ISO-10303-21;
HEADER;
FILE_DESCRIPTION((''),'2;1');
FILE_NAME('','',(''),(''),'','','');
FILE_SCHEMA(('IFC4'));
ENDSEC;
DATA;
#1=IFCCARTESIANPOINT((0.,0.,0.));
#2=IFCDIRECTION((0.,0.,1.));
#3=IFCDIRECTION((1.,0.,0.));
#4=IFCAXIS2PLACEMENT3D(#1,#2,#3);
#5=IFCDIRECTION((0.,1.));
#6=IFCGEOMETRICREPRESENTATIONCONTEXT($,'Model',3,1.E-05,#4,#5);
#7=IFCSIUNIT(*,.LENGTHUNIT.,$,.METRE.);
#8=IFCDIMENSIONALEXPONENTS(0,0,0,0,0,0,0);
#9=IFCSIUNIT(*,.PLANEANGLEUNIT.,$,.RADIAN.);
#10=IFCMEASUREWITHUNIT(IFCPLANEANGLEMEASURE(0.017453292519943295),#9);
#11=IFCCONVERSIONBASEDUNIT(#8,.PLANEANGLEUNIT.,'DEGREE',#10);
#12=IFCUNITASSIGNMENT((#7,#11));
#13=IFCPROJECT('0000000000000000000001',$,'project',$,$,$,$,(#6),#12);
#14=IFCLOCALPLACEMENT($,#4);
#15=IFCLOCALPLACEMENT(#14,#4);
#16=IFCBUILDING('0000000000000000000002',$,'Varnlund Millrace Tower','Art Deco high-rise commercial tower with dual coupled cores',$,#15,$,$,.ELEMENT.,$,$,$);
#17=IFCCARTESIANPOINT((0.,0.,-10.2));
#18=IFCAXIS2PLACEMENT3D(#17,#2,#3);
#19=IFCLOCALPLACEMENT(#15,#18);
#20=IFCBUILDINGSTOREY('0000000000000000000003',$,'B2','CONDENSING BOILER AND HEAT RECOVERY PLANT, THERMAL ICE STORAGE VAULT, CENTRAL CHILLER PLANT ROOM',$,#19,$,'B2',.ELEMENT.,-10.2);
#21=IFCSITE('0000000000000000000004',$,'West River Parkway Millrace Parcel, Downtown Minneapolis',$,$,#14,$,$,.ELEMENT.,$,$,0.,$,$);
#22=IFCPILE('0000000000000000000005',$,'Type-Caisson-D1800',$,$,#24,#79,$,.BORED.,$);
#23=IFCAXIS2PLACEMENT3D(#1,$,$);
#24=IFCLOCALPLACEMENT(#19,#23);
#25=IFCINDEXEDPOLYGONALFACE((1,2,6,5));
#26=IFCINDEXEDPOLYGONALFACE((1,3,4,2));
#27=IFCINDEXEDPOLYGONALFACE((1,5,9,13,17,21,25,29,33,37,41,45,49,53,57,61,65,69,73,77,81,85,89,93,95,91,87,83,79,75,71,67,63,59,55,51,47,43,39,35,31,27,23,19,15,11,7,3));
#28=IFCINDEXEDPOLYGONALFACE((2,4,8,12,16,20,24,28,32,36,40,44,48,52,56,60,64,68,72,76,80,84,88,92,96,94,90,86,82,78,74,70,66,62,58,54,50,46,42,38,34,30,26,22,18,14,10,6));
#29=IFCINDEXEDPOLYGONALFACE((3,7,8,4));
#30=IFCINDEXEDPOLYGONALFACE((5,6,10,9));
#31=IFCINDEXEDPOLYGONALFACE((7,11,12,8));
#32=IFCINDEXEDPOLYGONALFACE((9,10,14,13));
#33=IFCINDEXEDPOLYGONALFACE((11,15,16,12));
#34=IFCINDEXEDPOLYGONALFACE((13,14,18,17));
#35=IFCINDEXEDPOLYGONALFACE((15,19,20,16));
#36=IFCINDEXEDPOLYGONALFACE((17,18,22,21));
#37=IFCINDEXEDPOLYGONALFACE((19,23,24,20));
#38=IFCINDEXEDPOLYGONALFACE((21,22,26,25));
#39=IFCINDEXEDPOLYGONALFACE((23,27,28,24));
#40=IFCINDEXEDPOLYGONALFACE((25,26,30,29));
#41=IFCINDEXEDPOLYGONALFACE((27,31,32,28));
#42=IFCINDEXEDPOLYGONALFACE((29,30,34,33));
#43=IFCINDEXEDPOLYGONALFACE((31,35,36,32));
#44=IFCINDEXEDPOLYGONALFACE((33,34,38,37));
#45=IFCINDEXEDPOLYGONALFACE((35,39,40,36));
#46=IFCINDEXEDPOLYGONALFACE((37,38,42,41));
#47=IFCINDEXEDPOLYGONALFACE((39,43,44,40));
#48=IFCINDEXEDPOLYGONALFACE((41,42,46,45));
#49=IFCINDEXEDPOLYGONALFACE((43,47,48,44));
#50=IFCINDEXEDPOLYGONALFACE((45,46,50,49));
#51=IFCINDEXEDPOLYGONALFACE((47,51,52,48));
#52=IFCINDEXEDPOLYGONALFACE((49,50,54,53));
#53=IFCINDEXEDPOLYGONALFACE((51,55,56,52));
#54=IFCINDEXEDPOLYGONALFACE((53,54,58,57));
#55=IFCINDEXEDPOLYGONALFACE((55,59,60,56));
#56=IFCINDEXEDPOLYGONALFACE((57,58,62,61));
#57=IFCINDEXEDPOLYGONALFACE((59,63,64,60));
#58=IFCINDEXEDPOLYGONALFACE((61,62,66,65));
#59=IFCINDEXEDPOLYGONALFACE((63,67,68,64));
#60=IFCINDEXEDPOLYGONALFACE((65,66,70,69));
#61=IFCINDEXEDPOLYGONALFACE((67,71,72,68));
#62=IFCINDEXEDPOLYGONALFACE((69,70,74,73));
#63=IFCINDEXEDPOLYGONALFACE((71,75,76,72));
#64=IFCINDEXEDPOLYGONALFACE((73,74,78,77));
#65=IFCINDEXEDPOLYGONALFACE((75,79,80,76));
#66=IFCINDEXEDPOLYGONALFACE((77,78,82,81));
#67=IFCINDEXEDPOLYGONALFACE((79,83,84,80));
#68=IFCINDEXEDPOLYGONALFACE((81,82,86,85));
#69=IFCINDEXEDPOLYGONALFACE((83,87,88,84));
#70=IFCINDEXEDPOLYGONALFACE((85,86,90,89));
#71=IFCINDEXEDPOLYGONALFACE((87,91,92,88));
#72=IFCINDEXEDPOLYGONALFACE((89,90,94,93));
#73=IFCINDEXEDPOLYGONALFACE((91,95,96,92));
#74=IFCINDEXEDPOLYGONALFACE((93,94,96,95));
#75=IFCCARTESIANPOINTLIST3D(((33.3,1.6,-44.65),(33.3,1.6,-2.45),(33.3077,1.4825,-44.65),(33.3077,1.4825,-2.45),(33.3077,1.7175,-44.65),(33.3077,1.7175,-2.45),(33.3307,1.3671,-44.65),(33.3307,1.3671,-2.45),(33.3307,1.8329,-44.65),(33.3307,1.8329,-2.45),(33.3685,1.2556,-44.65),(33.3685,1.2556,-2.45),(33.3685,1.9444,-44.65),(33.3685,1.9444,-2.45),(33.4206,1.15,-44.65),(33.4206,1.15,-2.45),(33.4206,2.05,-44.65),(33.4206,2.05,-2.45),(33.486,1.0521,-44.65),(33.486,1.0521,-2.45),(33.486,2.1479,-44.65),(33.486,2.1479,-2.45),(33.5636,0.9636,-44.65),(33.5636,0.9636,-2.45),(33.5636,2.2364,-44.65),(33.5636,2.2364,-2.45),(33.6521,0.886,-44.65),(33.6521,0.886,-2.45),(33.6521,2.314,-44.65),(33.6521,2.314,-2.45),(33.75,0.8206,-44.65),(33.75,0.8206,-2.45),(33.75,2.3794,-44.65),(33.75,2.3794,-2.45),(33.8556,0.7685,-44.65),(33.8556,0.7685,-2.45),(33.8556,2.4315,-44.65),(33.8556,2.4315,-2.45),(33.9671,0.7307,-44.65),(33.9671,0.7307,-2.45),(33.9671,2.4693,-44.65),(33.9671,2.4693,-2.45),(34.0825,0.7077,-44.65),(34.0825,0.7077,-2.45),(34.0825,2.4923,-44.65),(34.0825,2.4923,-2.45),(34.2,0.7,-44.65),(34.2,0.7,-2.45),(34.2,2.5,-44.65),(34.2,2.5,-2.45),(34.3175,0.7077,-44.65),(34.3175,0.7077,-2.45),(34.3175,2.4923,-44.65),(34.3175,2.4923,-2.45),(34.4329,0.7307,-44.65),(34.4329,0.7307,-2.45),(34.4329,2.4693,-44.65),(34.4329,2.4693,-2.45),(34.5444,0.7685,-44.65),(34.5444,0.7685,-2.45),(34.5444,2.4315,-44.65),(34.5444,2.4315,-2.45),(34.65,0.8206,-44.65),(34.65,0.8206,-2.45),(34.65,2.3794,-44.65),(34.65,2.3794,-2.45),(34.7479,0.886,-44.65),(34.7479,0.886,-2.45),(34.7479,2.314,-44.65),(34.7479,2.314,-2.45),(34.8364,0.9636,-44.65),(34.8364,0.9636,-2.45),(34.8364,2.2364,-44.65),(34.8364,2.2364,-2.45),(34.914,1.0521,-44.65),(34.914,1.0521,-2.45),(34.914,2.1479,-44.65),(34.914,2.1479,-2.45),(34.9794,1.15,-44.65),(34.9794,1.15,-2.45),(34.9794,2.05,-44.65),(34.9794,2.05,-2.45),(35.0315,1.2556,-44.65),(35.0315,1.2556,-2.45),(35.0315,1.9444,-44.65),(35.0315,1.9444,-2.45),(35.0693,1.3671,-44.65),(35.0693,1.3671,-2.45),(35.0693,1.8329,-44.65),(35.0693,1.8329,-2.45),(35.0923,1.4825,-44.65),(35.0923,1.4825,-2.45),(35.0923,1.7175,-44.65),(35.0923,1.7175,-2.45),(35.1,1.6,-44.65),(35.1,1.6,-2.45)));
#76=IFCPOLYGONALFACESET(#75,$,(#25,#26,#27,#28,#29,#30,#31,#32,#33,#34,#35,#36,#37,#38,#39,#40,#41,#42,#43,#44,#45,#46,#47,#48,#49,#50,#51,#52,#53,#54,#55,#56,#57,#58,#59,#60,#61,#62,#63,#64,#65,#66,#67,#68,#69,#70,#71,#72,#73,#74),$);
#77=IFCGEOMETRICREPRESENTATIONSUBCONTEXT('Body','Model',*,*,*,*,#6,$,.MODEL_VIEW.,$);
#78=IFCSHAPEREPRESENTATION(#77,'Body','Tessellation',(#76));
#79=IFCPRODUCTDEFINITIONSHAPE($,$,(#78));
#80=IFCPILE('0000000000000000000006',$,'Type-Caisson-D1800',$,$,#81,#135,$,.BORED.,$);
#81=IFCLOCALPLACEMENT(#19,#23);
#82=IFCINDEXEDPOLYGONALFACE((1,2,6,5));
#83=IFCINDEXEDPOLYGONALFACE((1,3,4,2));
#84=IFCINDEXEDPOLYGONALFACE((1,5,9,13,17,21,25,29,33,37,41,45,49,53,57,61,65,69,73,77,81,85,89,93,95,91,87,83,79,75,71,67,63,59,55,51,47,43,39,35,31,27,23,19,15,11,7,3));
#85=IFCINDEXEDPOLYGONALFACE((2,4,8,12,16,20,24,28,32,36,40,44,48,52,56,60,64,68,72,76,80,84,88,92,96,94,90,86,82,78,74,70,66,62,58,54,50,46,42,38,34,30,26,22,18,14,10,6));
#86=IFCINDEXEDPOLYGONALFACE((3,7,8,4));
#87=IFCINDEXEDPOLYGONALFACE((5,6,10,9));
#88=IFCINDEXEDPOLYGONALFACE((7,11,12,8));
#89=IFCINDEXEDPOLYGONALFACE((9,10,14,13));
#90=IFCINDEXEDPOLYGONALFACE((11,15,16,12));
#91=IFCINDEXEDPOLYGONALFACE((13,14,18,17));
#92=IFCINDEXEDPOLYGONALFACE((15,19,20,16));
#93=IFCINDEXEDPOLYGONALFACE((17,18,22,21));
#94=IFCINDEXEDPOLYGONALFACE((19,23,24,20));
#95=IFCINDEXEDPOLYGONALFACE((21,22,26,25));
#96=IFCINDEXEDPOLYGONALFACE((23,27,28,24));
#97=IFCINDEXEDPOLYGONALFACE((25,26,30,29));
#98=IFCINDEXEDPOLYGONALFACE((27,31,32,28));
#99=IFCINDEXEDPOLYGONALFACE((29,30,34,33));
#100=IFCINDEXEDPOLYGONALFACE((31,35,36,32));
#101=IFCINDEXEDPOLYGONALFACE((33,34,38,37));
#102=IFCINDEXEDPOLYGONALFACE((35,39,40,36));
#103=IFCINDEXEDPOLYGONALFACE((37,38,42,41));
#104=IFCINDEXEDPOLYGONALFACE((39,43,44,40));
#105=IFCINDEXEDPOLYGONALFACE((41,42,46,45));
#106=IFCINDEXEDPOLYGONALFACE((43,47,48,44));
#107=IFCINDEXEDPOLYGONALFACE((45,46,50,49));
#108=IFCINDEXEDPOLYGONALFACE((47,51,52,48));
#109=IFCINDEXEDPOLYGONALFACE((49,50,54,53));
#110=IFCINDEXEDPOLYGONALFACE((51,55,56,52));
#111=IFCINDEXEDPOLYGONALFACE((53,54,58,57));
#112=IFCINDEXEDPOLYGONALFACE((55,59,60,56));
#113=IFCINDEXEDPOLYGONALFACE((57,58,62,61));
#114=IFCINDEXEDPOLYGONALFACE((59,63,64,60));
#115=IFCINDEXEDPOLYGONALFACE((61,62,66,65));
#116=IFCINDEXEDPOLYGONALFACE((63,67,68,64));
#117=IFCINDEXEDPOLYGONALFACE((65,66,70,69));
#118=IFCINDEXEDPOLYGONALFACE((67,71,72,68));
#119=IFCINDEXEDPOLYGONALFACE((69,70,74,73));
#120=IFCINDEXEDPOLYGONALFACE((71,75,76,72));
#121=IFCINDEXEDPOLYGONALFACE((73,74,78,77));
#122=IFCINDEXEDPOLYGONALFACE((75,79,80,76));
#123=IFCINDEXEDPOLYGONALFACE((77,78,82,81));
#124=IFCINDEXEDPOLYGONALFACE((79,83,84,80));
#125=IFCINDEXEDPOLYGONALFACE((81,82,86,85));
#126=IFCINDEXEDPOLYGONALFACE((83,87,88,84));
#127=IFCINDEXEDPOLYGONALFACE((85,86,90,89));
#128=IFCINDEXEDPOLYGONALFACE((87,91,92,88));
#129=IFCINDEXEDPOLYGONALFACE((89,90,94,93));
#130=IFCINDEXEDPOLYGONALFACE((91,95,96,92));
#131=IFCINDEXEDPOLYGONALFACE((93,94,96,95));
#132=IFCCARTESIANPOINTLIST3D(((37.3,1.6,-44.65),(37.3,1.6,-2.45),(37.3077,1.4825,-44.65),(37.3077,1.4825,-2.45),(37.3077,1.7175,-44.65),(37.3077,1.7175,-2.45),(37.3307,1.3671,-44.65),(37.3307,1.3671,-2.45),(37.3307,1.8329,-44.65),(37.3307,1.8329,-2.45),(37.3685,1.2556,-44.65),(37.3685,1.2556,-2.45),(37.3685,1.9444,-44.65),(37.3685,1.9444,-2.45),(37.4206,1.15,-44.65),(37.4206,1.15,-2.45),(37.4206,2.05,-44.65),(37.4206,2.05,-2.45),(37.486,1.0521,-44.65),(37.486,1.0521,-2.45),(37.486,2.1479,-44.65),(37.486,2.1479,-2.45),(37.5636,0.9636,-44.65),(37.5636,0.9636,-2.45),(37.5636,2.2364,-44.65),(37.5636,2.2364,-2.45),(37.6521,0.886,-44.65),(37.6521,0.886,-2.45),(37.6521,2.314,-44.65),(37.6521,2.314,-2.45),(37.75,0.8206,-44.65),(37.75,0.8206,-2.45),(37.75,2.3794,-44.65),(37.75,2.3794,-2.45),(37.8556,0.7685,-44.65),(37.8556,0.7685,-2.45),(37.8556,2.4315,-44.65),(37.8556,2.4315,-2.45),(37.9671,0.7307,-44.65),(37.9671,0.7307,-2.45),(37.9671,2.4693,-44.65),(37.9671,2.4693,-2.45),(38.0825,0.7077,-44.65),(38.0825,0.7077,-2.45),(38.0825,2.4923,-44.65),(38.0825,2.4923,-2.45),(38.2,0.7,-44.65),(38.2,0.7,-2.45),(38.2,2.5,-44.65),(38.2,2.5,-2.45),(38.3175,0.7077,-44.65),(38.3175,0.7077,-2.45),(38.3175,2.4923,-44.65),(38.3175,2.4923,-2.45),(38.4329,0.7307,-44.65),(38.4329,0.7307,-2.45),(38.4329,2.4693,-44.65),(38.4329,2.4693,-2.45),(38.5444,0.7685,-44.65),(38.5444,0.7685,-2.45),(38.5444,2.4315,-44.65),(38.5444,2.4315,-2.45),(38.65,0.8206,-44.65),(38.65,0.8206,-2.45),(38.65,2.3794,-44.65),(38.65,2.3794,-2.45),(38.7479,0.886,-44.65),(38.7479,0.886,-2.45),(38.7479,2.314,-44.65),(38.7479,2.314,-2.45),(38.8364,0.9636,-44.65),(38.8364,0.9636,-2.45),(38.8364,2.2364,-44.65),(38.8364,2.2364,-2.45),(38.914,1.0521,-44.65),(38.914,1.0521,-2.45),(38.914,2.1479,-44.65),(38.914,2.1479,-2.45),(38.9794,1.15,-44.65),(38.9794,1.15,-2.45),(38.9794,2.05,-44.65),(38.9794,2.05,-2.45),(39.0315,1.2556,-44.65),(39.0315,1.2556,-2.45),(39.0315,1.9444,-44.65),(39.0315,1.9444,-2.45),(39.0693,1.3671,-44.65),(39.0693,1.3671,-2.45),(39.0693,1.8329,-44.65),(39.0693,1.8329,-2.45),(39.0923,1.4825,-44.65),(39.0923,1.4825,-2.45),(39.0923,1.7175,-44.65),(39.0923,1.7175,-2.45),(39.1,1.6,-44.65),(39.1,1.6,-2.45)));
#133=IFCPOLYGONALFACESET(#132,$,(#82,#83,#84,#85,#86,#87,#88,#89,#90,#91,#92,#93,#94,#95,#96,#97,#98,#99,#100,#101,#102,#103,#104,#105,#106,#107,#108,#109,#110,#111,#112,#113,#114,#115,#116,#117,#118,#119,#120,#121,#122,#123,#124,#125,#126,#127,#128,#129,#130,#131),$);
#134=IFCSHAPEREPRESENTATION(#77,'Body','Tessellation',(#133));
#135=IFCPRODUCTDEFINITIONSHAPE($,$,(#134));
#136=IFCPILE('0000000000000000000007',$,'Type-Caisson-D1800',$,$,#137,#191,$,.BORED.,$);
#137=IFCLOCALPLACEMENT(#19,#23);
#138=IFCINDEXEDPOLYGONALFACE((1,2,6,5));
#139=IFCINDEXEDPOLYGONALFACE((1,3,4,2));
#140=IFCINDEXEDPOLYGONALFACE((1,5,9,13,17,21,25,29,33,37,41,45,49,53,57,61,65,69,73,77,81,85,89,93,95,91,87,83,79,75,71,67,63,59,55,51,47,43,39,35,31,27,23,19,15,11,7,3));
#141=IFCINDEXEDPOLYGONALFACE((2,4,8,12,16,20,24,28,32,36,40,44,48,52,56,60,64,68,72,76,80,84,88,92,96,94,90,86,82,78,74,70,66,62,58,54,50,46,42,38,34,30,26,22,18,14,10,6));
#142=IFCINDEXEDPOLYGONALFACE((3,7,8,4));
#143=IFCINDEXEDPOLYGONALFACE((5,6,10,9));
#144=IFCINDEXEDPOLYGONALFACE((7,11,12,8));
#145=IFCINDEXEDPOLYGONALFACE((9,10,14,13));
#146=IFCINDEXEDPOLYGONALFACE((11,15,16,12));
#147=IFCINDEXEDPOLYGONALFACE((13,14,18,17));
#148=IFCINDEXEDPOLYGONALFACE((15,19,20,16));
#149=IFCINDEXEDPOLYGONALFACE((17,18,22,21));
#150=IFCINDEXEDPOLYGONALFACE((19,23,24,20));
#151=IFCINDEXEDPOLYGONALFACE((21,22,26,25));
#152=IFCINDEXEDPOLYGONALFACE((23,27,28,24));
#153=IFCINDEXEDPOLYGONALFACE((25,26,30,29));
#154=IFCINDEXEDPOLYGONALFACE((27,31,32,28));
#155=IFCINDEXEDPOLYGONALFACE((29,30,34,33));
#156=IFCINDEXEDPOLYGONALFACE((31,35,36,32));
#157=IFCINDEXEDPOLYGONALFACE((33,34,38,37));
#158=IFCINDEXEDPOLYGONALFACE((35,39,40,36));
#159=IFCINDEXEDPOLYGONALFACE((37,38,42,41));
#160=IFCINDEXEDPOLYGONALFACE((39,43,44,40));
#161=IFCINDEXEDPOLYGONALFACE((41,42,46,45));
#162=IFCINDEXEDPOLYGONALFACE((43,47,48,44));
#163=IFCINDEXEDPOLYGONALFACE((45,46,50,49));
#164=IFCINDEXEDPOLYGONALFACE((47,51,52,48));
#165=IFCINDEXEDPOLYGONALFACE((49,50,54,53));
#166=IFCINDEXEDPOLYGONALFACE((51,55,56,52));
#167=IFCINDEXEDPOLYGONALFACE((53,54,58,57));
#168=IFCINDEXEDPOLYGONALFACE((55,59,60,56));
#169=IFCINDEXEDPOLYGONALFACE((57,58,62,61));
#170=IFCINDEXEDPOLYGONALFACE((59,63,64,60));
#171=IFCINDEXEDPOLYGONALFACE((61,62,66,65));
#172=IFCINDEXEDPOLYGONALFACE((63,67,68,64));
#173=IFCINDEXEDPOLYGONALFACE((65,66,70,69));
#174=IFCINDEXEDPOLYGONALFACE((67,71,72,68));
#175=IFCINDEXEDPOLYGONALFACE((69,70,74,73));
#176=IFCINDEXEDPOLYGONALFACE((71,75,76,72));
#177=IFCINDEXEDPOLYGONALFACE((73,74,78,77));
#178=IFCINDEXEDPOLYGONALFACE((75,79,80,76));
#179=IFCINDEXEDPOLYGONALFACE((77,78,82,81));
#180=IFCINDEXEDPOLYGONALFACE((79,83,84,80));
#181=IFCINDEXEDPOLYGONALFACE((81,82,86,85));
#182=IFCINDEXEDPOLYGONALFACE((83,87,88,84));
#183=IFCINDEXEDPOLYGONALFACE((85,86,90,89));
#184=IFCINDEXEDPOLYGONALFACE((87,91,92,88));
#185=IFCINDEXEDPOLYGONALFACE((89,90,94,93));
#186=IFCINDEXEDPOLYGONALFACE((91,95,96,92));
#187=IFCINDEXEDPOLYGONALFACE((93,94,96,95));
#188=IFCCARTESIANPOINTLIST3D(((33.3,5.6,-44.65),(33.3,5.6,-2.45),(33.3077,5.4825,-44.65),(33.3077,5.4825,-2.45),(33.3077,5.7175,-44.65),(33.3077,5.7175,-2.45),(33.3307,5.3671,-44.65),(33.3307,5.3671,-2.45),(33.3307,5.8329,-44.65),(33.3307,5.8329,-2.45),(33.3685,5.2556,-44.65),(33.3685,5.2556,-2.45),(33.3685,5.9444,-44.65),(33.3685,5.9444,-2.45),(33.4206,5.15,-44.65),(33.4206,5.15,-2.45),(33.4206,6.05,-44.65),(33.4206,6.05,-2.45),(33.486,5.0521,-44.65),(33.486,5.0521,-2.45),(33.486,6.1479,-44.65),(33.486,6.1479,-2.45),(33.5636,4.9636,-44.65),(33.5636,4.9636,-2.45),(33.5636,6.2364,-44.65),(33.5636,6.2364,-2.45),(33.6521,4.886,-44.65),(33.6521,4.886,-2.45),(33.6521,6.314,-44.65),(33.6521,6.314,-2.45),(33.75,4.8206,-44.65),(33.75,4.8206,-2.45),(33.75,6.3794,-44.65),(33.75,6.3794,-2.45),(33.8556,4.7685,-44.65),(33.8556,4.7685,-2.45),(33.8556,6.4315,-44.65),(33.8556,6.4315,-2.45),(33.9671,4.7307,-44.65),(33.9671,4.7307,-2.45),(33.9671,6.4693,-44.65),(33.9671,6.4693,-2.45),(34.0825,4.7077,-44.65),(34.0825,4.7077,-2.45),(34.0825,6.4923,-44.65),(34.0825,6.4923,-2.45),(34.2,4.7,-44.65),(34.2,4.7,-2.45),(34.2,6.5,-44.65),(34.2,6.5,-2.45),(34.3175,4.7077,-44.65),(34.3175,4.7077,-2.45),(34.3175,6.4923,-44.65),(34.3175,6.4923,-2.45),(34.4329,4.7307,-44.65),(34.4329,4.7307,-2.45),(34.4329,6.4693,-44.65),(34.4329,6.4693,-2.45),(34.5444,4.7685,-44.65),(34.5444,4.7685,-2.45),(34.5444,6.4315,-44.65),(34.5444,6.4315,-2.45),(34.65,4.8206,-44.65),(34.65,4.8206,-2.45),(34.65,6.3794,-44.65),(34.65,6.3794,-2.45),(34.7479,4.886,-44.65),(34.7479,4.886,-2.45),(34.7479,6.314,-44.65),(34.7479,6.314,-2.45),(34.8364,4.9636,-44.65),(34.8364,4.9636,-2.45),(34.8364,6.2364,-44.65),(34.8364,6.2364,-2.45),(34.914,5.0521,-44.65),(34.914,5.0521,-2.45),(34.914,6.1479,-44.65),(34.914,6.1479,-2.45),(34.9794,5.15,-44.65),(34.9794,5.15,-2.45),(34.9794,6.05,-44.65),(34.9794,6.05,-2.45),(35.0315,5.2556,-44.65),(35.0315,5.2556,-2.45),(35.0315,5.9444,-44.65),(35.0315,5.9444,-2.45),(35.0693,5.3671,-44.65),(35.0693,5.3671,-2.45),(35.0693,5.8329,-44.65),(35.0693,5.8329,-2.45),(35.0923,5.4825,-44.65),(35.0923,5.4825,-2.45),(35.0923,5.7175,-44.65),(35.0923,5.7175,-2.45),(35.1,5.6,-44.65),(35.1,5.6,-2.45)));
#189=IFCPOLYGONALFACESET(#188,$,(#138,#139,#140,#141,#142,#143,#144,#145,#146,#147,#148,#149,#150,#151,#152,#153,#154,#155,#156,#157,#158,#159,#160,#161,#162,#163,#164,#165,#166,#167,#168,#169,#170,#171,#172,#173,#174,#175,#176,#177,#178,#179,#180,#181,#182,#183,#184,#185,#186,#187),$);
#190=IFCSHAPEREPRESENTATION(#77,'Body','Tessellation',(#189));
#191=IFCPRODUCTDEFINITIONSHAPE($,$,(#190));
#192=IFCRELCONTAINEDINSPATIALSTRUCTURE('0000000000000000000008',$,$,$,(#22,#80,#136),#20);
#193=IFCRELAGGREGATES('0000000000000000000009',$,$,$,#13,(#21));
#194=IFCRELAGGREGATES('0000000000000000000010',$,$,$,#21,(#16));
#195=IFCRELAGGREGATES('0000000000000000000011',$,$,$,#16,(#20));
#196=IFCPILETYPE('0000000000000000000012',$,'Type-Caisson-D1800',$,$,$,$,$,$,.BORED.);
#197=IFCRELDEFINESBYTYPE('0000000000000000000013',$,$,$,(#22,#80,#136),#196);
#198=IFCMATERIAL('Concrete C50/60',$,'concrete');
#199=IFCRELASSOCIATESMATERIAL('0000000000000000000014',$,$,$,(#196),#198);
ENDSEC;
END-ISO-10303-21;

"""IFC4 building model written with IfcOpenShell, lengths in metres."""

from ifc_helpers import new_model, entity, si_unit, converted_unit, direction, frame, origin_with_axes, origin_2d_with_axis, place, context, subcontext, project, spatial, circle, extrude, material, material_profile, profile_set, type_object, element, save


model = new_model("IFC4")

# Units and contexts
model_context = context("Model", 3, precision=1e-05, world=origin_with_axes(), true_north=direction((0.0, 1.0)))
body_context = subcontext(model_context, "Body", "Model", "MODEL_VIEW")
ifc_project = project(units=[si_unit("LENGTHUNIT", "METRE"), converted_unit("PLANEANGLEUNIT", "DEGREE", entity("IfcPlaneAngleMeasure", 0.017453292519943295), si_unit("PLANEANGLEUNIT", "RADIAN"), dimensions=[0, 0, 0, 0, 0, 0, 0])], contexts=[model_context])

# Site, building, storey
site_placement = place(None, origin_with_axes())
site = spatial("IfcSite", under=ifc_project, at=site_placement, Name="West River Parkway Millrace Parcel, Downtown Minneapolis", CompositionType="ELEMENT", RefElevation=0.0)
building_placement = place(site_placement, origin_with_axes())
building = spatial("IfcBuilding", under=site, at=building_placement, Name="Varnlund Millrace Tower", Description="Art Deco high-rise commercial tower with dual coupled cores", CompositionType="ELEMENT")
storey_placement = place(building_placement, frame((0.0, 0.0, -10.2), z_axis=(0.0, 0.0, 1.0), x_axis=(1.0, 0.0, 0.0)))
storey = spatial("IfcBuildingStorey", under=building, at=storey_placement, Name="B2", Description="CONDENSING BOILER AND HEAT RECOVERY PLANT, THERMAL ICE STORAGE VAULT, CENTRAL CHILLER PLANT ROOM", LongName="B2", CompositionType="ELEMENT", Elevation=-10.2)

# Piles
ifc_material = material(Name="Concrete C50/60", Category="concrete")
ifc_material_profile_1 = material_profile(ifc_material, circle(Radius=0.9, at=origin_2d_with_axis()), Name="Concrete C50/60")
ifc_profile_set_1 = profile_set([ifc_material_profile_1], Name="Concrete C50/60")
pile_type_1 = type_object("IfcPileType", Name="Type-Caisson-D1800", PredefinedType="BORED", material=ifc_profile_set_1)
for number, where, z_axis, x_axis, name in (
    (1, (34.2, 1.6, -44.65), (0.0, 0.0, 1.0), (1.0, 0.0, 0.0), "Type-Caisson-D1800"),
    (2, (38.2, 1.6, -44.65), (0.0, 0.0, 1.0), (1.0, 0.0, 0.0), "Type-Caisson-D1800"),
    (3, (34.2, 5.6, -44.65), (0.0, 0.0, 1.0), (1.0, 0.0, 0.0), "Type-Caisson-D1800"),
):
    element("IfcPile", number, at=place(storey_placement, frame(where, z_axis=z_axis, x_axis=x_axis)), inside=storey, type_object=pile_type_1, Name=name, PredefinedType="BORED", context=body_context, shape_type="SweptSolid", body=[
        extrude(circle(Radius=0.9, at=origin_2d_with_axis()), origin_with_axes(), (0.0, 0.0, 1.0), 42.2),
    ])

save(model, "model.ifc")
